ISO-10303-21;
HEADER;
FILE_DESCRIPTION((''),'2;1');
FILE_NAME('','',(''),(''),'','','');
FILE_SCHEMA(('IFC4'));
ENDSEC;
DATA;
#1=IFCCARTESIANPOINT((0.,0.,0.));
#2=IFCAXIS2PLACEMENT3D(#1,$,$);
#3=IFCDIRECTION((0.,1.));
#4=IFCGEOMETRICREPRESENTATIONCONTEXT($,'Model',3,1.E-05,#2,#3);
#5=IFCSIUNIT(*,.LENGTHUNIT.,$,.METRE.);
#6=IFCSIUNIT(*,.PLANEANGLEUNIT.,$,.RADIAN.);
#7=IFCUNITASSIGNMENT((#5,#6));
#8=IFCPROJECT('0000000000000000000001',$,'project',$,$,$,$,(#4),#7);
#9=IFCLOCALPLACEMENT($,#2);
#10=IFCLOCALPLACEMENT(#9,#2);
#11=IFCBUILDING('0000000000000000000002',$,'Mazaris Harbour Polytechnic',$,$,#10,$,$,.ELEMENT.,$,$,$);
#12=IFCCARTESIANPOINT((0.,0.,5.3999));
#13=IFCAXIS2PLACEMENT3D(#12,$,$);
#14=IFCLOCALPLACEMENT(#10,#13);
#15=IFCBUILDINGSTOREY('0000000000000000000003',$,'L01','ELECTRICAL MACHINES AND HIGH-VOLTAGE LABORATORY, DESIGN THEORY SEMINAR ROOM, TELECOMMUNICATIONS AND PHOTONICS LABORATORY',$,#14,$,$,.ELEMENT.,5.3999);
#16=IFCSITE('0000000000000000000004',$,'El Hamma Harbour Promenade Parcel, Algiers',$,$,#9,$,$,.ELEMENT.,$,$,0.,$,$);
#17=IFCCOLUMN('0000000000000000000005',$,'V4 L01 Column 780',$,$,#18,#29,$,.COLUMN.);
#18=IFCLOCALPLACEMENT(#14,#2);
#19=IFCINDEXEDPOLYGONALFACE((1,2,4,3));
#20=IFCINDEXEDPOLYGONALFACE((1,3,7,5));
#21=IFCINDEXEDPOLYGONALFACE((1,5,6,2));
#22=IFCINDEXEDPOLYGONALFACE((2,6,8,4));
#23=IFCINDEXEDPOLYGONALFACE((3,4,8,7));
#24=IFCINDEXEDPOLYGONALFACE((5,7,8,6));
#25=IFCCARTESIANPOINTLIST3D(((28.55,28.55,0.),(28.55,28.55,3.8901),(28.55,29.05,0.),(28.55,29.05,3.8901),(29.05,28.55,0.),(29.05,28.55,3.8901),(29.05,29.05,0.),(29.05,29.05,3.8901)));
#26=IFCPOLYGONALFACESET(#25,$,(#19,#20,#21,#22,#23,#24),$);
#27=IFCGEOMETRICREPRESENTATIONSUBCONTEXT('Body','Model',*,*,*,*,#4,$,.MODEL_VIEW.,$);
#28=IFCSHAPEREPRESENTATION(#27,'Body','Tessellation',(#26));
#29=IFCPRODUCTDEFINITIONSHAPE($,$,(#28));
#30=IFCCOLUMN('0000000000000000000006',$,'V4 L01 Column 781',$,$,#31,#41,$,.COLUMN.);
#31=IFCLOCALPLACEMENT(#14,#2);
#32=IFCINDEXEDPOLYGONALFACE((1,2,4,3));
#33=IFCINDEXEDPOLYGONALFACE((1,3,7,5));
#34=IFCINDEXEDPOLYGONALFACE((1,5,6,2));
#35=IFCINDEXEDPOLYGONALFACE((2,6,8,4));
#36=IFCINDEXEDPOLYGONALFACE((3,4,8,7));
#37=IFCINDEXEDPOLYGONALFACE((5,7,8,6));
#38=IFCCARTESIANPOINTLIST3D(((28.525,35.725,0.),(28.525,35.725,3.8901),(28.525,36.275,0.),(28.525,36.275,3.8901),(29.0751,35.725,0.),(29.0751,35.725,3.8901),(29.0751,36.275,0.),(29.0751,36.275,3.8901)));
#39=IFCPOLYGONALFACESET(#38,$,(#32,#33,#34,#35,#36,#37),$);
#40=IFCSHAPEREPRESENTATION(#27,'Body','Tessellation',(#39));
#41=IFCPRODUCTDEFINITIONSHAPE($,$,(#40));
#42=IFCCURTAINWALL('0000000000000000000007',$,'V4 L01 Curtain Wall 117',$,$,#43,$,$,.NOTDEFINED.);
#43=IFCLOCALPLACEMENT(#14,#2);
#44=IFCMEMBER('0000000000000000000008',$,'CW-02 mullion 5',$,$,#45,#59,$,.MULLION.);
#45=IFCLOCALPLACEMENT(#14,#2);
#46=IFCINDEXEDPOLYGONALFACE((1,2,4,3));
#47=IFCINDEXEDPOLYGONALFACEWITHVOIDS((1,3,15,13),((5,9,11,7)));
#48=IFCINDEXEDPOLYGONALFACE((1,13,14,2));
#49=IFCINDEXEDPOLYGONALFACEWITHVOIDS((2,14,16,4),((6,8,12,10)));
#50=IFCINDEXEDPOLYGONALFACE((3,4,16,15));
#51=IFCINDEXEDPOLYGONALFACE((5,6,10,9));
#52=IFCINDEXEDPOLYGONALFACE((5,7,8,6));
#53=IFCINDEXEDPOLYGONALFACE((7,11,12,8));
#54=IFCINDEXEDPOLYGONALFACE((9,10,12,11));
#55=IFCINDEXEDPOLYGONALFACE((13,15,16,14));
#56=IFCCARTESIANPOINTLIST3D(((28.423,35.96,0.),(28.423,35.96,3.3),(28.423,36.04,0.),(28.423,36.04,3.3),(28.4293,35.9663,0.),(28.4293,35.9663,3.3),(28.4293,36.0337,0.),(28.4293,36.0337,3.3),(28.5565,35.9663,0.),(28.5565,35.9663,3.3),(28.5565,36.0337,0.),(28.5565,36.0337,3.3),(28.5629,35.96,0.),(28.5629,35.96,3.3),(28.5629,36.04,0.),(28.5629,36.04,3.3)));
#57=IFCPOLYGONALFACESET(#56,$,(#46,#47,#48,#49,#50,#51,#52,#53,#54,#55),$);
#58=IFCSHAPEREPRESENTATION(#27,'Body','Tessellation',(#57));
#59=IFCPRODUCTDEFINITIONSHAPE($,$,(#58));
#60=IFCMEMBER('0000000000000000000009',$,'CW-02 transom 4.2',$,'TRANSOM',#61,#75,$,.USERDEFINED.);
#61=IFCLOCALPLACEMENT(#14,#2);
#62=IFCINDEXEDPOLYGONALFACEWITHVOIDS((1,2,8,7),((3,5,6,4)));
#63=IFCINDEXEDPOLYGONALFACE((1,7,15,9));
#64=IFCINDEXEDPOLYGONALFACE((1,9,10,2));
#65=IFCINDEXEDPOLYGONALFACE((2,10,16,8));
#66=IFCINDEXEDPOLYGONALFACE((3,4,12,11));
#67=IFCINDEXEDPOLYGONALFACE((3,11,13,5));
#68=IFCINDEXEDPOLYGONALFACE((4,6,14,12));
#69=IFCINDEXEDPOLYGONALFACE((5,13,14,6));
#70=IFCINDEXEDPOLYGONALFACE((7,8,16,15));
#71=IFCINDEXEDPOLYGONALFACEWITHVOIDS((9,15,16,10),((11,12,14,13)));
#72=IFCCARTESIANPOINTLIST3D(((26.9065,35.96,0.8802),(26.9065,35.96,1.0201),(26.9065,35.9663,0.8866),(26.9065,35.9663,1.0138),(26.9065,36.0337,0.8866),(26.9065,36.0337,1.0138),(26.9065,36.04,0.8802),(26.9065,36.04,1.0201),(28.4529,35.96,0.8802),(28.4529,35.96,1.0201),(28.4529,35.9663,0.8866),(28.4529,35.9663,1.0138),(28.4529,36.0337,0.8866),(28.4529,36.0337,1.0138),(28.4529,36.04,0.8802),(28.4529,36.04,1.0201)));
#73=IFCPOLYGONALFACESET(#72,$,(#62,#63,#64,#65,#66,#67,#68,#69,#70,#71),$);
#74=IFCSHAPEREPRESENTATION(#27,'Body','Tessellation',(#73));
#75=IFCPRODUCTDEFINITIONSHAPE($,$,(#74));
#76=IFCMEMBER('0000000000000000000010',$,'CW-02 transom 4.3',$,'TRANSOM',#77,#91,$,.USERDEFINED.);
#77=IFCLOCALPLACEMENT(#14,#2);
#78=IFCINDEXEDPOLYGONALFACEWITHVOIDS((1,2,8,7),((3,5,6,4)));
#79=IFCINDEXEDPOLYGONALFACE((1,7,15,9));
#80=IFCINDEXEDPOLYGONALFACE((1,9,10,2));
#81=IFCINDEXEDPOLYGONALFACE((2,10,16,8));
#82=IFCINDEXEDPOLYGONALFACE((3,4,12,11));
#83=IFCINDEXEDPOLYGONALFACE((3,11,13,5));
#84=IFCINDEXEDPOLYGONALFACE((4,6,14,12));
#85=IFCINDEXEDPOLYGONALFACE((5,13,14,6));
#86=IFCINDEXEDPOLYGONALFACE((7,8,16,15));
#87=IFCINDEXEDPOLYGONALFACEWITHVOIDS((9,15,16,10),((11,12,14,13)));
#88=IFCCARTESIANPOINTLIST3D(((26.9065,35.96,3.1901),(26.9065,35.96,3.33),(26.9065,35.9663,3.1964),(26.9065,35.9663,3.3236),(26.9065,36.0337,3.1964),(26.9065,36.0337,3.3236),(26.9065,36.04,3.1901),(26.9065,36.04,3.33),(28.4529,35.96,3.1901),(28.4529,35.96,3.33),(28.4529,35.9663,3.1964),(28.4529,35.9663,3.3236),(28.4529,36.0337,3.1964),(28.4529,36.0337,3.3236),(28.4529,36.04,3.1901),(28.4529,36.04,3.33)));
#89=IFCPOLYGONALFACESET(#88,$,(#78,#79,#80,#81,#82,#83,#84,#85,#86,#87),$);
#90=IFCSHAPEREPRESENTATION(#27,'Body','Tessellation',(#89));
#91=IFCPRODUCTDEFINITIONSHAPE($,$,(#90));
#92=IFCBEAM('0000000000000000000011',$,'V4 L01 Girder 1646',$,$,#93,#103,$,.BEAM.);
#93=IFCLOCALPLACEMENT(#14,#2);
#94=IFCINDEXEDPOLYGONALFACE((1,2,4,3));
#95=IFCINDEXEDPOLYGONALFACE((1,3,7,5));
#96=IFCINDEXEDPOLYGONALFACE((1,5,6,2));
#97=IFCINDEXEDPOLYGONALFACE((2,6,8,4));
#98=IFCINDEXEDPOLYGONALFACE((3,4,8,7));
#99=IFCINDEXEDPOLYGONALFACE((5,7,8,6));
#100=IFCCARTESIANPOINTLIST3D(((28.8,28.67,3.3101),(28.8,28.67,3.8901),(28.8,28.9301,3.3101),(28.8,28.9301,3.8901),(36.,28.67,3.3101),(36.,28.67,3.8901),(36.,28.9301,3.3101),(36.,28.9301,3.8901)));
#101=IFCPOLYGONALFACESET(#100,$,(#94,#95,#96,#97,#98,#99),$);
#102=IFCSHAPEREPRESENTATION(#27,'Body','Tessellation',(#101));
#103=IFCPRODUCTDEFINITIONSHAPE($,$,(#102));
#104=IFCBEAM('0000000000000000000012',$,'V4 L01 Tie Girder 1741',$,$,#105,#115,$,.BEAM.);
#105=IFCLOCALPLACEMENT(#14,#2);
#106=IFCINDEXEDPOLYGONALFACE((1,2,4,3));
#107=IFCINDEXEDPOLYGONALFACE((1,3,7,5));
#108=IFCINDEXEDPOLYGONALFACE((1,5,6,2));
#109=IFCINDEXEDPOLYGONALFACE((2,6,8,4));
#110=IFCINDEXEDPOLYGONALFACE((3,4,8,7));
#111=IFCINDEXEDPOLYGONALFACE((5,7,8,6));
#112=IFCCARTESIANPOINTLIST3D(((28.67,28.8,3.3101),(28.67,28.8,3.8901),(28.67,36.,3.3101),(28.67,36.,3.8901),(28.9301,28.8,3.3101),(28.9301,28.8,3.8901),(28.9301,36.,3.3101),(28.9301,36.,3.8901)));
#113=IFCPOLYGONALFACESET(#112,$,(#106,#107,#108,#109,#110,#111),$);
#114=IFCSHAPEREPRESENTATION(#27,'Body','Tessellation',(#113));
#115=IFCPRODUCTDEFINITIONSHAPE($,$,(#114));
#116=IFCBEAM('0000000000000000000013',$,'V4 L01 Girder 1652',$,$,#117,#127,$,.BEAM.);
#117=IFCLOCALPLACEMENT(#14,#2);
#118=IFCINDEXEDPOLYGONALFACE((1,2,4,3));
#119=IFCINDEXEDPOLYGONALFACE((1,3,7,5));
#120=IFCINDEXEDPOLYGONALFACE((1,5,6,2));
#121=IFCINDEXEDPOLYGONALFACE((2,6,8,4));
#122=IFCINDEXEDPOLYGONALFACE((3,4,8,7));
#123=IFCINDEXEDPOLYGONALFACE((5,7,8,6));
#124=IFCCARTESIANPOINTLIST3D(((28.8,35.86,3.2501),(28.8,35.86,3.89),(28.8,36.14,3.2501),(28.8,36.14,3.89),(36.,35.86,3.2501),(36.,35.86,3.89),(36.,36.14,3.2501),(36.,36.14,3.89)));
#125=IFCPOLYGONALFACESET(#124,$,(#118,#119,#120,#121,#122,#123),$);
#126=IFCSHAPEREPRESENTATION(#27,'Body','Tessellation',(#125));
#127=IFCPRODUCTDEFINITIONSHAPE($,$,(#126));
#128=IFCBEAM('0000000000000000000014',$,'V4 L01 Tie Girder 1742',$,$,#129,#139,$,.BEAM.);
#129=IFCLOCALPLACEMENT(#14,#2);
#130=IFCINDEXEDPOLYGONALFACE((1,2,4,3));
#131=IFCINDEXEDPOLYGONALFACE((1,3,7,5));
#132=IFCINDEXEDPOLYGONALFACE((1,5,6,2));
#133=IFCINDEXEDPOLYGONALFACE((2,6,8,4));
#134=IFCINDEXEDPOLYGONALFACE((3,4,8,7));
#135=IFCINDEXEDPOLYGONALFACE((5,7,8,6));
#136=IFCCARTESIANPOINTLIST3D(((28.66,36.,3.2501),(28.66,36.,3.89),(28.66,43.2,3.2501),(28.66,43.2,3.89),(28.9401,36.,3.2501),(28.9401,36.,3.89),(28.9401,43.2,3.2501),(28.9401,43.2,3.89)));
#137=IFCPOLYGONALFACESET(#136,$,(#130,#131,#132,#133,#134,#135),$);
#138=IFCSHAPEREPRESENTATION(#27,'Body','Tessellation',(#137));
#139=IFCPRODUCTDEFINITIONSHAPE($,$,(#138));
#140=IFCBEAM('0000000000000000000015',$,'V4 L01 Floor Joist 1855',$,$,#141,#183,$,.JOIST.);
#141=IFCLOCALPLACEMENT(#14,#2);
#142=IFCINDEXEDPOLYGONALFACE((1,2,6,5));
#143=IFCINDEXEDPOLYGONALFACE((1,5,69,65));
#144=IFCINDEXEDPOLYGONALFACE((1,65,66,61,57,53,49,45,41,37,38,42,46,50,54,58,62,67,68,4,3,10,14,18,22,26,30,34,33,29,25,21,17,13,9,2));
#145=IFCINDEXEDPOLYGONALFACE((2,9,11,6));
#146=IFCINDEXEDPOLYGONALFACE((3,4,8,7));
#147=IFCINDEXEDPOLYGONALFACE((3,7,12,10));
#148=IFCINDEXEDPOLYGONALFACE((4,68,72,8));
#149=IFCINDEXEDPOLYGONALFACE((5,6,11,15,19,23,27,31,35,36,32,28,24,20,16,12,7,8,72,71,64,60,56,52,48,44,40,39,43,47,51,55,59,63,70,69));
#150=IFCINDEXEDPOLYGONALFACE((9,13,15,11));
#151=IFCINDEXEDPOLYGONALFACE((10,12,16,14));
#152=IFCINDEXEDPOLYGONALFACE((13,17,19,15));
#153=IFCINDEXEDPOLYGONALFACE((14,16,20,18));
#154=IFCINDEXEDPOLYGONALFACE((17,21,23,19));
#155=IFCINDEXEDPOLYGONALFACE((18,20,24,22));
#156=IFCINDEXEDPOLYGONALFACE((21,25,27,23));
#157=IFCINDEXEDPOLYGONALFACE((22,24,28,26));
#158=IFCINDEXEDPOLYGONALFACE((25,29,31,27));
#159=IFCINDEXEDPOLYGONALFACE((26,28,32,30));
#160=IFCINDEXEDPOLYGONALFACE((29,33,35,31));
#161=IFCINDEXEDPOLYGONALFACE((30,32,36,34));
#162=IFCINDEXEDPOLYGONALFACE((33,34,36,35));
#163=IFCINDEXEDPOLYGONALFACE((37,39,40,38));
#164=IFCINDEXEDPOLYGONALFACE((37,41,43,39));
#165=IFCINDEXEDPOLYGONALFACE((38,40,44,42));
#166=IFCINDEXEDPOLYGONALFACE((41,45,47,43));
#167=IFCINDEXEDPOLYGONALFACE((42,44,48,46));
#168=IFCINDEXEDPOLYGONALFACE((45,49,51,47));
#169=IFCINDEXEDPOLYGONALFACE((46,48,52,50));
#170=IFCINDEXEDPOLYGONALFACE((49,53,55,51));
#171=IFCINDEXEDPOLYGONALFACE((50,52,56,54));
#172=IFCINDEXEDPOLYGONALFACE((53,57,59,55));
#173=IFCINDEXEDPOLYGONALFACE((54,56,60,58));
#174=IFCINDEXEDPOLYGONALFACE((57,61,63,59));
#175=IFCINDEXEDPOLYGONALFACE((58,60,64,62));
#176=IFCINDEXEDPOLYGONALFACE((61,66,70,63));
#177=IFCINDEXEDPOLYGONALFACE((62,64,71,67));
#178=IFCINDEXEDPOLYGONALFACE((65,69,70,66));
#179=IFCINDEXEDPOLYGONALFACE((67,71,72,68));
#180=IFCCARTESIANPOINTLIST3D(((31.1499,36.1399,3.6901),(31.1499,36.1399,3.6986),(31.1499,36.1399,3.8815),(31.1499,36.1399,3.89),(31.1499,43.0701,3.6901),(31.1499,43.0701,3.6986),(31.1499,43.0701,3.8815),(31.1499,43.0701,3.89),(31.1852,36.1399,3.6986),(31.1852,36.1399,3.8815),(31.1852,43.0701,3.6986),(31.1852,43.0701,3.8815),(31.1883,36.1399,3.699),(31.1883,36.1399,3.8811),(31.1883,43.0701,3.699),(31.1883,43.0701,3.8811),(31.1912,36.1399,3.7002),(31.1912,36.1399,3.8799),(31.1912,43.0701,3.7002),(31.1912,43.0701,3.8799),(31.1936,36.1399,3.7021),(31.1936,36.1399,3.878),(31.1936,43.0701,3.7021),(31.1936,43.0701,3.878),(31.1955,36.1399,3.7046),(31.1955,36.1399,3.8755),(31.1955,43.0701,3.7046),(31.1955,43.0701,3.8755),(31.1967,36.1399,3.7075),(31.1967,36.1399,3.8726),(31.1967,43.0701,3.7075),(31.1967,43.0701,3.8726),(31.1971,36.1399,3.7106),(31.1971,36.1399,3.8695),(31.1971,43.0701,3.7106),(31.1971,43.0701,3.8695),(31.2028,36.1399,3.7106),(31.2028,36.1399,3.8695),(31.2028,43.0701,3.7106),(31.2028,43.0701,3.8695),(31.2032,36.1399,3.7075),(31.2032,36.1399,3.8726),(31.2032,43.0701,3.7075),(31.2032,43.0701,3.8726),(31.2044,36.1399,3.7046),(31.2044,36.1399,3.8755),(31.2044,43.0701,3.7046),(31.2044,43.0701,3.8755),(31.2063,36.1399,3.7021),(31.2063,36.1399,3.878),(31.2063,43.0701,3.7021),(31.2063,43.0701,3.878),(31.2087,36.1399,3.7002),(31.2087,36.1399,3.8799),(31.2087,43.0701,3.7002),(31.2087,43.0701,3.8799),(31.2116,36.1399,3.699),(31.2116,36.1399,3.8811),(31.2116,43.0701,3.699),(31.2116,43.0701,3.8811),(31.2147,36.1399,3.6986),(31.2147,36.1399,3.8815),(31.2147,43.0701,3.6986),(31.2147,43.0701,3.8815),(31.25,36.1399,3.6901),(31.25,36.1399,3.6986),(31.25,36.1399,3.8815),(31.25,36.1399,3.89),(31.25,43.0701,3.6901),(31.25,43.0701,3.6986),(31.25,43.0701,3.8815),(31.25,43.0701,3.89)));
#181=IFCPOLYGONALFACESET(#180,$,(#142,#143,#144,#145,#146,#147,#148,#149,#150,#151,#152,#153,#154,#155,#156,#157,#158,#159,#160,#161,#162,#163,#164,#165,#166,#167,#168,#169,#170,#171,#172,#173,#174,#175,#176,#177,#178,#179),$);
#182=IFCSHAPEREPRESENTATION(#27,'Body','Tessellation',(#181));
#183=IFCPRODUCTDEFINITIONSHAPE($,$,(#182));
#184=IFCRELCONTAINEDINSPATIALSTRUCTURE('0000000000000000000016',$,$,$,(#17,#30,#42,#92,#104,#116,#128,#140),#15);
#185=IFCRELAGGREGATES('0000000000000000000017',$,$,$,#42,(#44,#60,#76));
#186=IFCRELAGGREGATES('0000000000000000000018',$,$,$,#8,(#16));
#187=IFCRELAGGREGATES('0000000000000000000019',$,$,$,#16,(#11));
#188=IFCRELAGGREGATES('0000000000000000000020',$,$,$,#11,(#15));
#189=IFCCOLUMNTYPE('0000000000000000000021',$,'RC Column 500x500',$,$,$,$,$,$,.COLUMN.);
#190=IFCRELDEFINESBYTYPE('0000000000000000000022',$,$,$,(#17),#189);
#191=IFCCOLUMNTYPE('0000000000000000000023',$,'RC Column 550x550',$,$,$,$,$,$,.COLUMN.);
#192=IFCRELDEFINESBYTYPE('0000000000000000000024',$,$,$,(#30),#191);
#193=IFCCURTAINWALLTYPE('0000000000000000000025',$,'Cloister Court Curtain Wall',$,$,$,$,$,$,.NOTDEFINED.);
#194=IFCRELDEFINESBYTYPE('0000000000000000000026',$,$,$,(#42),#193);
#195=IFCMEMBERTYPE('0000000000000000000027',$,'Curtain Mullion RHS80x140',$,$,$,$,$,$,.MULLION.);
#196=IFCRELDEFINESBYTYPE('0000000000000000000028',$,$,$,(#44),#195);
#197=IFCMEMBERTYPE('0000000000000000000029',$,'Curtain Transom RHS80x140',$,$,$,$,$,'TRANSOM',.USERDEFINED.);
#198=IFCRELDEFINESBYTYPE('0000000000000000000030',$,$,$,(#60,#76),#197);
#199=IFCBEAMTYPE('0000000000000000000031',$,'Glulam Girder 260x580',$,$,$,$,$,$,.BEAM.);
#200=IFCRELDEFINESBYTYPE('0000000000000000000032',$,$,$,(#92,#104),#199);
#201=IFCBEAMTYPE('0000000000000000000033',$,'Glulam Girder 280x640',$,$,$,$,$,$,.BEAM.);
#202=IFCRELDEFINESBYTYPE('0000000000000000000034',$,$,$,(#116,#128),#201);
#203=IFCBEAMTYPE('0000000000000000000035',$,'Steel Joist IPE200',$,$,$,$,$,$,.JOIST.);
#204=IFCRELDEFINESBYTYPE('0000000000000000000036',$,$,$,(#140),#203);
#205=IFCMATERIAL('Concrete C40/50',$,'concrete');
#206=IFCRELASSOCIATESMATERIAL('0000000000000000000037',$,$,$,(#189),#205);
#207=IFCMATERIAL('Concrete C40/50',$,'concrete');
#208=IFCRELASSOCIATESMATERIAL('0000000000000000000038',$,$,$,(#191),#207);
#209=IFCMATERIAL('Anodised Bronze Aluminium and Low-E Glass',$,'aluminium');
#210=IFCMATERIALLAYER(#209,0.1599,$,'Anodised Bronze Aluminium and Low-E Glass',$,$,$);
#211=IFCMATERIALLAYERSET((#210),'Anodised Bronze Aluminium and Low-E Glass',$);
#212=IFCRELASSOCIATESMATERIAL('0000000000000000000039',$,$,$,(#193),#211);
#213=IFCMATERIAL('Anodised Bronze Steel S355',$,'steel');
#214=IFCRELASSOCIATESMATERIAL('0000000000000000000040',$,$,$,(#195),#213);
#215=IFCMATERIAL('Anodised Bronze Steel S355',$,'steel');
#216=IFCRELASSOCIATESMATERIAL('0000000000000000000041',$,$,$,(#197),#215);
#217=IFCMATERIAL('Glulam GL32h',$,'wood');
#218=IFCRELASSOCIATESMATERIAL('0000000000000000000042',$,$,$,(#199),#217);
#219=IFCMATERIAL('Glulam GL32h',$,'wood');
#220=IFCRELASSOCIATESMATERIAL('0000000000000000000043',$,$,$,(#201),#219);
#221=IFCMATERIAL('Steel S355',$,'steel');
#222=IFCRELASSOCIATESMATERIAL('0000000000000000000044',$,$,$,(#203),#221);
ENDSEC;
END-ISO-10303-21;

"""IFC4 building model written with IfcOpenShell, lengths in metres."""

from ifc_helpers import new_model, si_unit, direction, frame, origin, origin_2d, place, context, subcontext, project, spatial, rectangle, hollow_rectangle, i_section, extrude, material, layer, layer_set, material_profile, profile_set, type_object, element, aggregate, save


model = new_model("IFC4")

# Units and contexts
model_context = context("Model", 3, precision=1e-05, world=origin(), true_north=direction((0.0, 1.0)))
body_context = subcontext(model_context, "Body", "Model", "MODEL_VIEW")
ifc_project = project(units=[si_unit("LENGTHUNIT", "METRE"), si_unit("PLANEANGLEUNIT", "RADIAN")], contexts=[model_context])

# Site, building, storey
site_placement = place(None, origin())
site = spatial("IfcSite", under=ifc_project, at=site_placement, Name="El Hamma Harbour Promenade Parcel, Algiers", CompositionType="ELEMENT", RefElevation=0.0)
building_placement = place(site_placement, origin())
building = spatial("IfcBuilding", under=site, at=building_placement, Name="Mazaris Harbour Polytechnic", CompositionType="ELEMENT")
storey_placement = place(building_placement, frame((0.0, 0.0, 5.3999)))
storey = spatial("IfcBuildingStorey", under=building, at=storey_placement, Name="L01", Description="ELECTRICAL MACHINES AND HIGH-VOLTAGE LABORATORY, DESIGN THEORY SEMINAR ROOM, TELECOMMUNICATIONS AND PHOTONICS LABORATORY", CompositionType="ELEMENT", Elevation=5.3999)

# Columns
ifc_material_1 = material(Name="Concrete C40/50", Category="concrete")
ifc_material_profile_1 = material_profile(ifc_material_1, rectangle(XDim=0.5, YDim=0.5, at=origin_2d()), Name="RECT500x500")
ifc_profile_set_1 = profile_set([ifc_material_profile_1], Name="Concrete C40/50")
column_type_1 = type_object("IfcColumnType", Name="RC Column 500x500", PredefinedType="COLUMN", material=ifc_profile_set_1)
column_1_placement = place(storey_placement, frame((28.8, 28.8, 0.0), z_axis=(0.0, 0.0, 1.0), x_axis=(1.0, 0.0, 0.0)))
element("IfcColumn", 1, at=column_1_placement, inside=storey, type_object=column_type_1, Name="V4 L01 Column 780", PredefinedType="COLUMN", context=body_context, shape_type="SweptSolid", body=[
    extrude(rectangle(XDim=0.5, YDim=0.5, at=origin_2d()), origin(), (0.0, 0.0, 1.0), 3.8901),
])
ifc_material_2 = material(Name="Concrete C40/50", Category="concrete")
ifc_material_profile_2 = material_profile(ifc_material_2, rectangle(XDim=0.55, YDim=0.55, at=origin_2d()), Name="RECT550x550")
ifc_profile_set_2 = profile_set([ifc_material_profile_2], Name="Concrete C40/50")
column_type_2 = type_object("IfcColumnType", Name="RC Column 550x550", PredefinedType="COLUMN", material=ifc_profile_set_2)
column_2_placement = place(storey_placement, frame((28.8, 36.0, 0.0), z_axis=(0.0, 0.0, 1.0), x_axis=(1.0, 0.0, 0.0)))
element("IfcColumn", 2, at=column_2_placement, inside=storey, type_object=column_type_2, Name="V4 L01 Column 781", PredefinedType="COLUMN", context=body_context, shape_type="SweptSolid", body=[
    extrude(rectangle(XDim=0.55, YDim=0.55, at=origin_2d()), origin(), (0.0, 0.0, 1.0), 3.8901),
])

# Curtain wall, members
ifc_material_3 = material(Name="Anodised Bronze Aluminium and Low-E Glass", Category="aluminium")
ifc_layer_1 = layer(ifc_material_3, 0.1599, Name="Anodised Bronze Aluminium and Low-E Glass")
ifc_layer_set_1 = layer_set([ifc_layer_1], Name="Anodised Bronze Aluminium and Low-E Glass")
curtain_wall_type = type_object("IfcCurtainWallType", Name="Cloister Court Curtain Wall", PredefinedType="NOTDEFINED", material=ifc_layer_set_1)
curtain_wall_placement = place(storey_placement, origin())
curtain_wall = element("IfcCurtainWall", 3, at=curtain_wall_placement, inside=storey, type_object=curtain_wall_type, Name="V4 L01 Curtain Wall 117", PredefinedType="NOTDEFINED")
ifc_material_4 = material(Name="Anodised Bronze Steel S355", Category="steel")
ifc_material_profile_3 = material_profile(ifc_material_4, hollow_rectangle(XDim=0.0801, YDim=0.1399, WallThickness=0.0063, at=origin_2d()), Name="RHS 80x140x6.3")
ifc_profile_set_3 = profile_set([ifc_material_profile_3], Name="Anodised Bronze Steel S355")
member_type_1 = type_object("IfcMemberType", Name="Curtain Mullion RHS80x140", PredefinedType="MULLION", material=ifc_profile_set_3)
member_1_placement = place(storey_placement, frame((28.4929, 36.0, 0.0), z_axis=(0.0, 0.0, 1.0), x_axis=(0.0, 1.0, 0.0)))
member_1 = element("IfcMember", 4, at=member_1_placement, type_object=member_type_1, Name="CW-02 mullion 5", PredefinedType="MULLION", context=body_context, shape_type="SweptSolid", body=[
    extrude(hollow_rectangle(XDim=0.0801, YDim=0.1399, WallThickness=0.0063, at=origin_2d()), origin(), (0.0, 0.0, 1.0), 3.3),
])
ifc_material_5 = material(Name="Anodised Bronze Steel S355", Category="steel")
ifc_material_profile_4 = material_profile(ifc_material_5, hollow_rectangle(XDim=0.0801, YDim=0.1399, WallThickness=0.0063, at=origin_2d()), Name="RHS 80x140x6.3")
ifc_profile_set_4 = profile_set([ifc_material_profile_4], Name="Anodised Bronze Steel S355")
member_type_2 = type_object("IfcMemberType", Name="Curtain Transom RHS80x140", ElementType="TRANSOM", PredefinedType="USERDEFINED", material=ifc_profile_set_4)
member_2_placement = place(storey_placement, frame((26.9065, 36.0, 0.9502), z_axis=(1.0, 0.0, 0.0), x_axis=(0.0, 1.0, 0.0)))
member_2 = element("IfcMember", 5, at=member_2_placement, type_object=member_type_2, Name="CW-02 transom 4.2", ObjectType="TRANSOM", PredefinedType="USERDEFINED", context=body_context, shape_type="SweptSolid", body=[
    extrude(hollow_rectangle(XDim=0.0801, YDim=0.1399, WallThickness=0.0063, at=origin_2d()), origin(), (0.0, 0.0, 1.0), 1.5464),
])
member_3_placement = place(storey_placement, frame((26.9065, 36.0, 3.26), z_axis=(1.0, 0.0, 0.0), x_axis=(0.0, 1.0, 0.0)))
member_3 = element("IfcMember", 6, at=member_3_placement, type_object=member_type_2, Name="CW-02 transom 4.3", ObjectType="TRANSOM", PredefinedType="USERDEFINED", context=body_context, shape_type="SweptSolid", body=[
    extrude(hollow_rectangle(XDim=0.0801, YDim=0.1399, WallThickness=0.0063, at=origin_2d()), origin(), (0.0, 0.0, 1.0), 1.5464),
])

# Beams
ifc_material_6 = material(Name="Glulam GL32h", Category="wood")
ifc_material_profile_5 = material_profile(ifc_material_6, rectangle(XDim=0.26, YDim=0.5801, at=origin_2d()), Name="RECT260x580")
ifc_profile_set_5 = profile_set([ifc_material_profile_5], Name="Glulam GL32h")
beam_type_1 = type_object("IfcBeamType", Name="Glulam Girder 260x580", PredefinedType="BEAM", material=ifc_profile_set_5)
for number, where, z_axis, x_axis, name in (
    (7, (28.8, 28.8, 3.6001), (1.0, 0.0, 0.0), (0.0, 1.0, 0.0), "V4 L01 Girder 1646"),
    (8, (28.8, 28.8, 3.6001), (0.0, 1.0, 0.0), (-1.0, 0.0, 0.0), "V4 L01 Tie Girder 1741"),
):
    element("IfcBeam", number, at=place(storey_placement, frame(where, z_axis=z_axis, x_axis=x_axis)), inside=storey, type_object=beam_type_1, Name=name, PredefinedType="BEAM", context=body_context, shape_type="SweptSolid", body=[
        extrude(rectangle(XDim=0.26, YDim=0.5801, at=origin_2d()), origin(), (0.0, 0.0, 1.0), 7.2),
    ])
ifc_material_7 = material(Name="Glulam GL32h", Category="wood")
ifc_material_profile_6 = material_profile(ifc_material_7, rectangle(XDim=0.28, YDim=0.6399, at=origin_2d()), Name="RECT280x640")
ifc_profile_set_6 = profile_set([ifc_material_profile_6], Name="Glulam GL32h")
beam_type_2 = type_object("IfcBeamType", Name="Glulam Girder 280x640", PredefinedType="BEAM", material=ifc_profile_set_6)
for number, where, z_axis, x_axis, name in (
    (9, (28.8, 36.0, 3.5701), (1.0, 0.0, 0.0), (0.0, 1.0, 0.0), "V4 L01 Girder 1652"),
    (10, (28.8, 36.0, 3.5701), (0.0, 1.0, 0.0), (-1.0, 0.0, 0.0), "V4 L01 Tie Girder 1742"),
):
    element("IfcBeam", number, at=place(storey_placement, frame(where, z_axis=z_axis, x_axis=x_axis)), inside=storey, type_object=beam_type_2, Name=name, PredefinedType="BEAM", context=body_context, shape_type="SweptSolid", body=[
        extrude(rectangle(XDim=0.28, YDim=0.6399, at=origin_2d()), origin(), (0.0, 0.0, 1.0), 7.2),
    ])
ifc_material_8 = material(Name="Steel S355", Category="steel")
ifc_material_profile_7 = material_profile(ifc_material_8, i_section(OverallWidth=0.1001, OverallDepth=0.2, WebThickness=0.0056, FlangeThickness=0.0085, FilletRadius=0.012, at=origin_2d()), Name="IPE 200")
ifc_profile_set_7 = profile_set([ifc_material_profile_7], Name="Steel S355")
beam_type_3 = type_object("IfcBeamType", Name="Steel Joist IPE200", PredefinedType="JOIST", material=ifc_profile_set_7)
beam_1_placement = place(storey_placement, frame((31.2, 36.1399, 3.79), z_axis=(0.0, 1.0, 0.0), x_axis=(-1.0, 0.0, 0.0)))
element("IfcBeam", 11, at=beam_1_placement, inside=storey, type_object=beam_type_3, Name="V4 L01 Floor Joist 1855", PredefinedType="JOIST", context=body_context, shape_type="SweptSolid", body=[
    extrude(i_section(OverallWidth=0.1001, OverallDepth=0.2, WebThickness=0.0056, FlangeThickness=0.0085, FilletRadius=0.012, at=origin_2d()), origin(), (0.0, 0.0, 1.0), 6.9302),
])

aggregate(curtain_wall, [member_1, member_2, member_3])

save(model, "model.ifc")
